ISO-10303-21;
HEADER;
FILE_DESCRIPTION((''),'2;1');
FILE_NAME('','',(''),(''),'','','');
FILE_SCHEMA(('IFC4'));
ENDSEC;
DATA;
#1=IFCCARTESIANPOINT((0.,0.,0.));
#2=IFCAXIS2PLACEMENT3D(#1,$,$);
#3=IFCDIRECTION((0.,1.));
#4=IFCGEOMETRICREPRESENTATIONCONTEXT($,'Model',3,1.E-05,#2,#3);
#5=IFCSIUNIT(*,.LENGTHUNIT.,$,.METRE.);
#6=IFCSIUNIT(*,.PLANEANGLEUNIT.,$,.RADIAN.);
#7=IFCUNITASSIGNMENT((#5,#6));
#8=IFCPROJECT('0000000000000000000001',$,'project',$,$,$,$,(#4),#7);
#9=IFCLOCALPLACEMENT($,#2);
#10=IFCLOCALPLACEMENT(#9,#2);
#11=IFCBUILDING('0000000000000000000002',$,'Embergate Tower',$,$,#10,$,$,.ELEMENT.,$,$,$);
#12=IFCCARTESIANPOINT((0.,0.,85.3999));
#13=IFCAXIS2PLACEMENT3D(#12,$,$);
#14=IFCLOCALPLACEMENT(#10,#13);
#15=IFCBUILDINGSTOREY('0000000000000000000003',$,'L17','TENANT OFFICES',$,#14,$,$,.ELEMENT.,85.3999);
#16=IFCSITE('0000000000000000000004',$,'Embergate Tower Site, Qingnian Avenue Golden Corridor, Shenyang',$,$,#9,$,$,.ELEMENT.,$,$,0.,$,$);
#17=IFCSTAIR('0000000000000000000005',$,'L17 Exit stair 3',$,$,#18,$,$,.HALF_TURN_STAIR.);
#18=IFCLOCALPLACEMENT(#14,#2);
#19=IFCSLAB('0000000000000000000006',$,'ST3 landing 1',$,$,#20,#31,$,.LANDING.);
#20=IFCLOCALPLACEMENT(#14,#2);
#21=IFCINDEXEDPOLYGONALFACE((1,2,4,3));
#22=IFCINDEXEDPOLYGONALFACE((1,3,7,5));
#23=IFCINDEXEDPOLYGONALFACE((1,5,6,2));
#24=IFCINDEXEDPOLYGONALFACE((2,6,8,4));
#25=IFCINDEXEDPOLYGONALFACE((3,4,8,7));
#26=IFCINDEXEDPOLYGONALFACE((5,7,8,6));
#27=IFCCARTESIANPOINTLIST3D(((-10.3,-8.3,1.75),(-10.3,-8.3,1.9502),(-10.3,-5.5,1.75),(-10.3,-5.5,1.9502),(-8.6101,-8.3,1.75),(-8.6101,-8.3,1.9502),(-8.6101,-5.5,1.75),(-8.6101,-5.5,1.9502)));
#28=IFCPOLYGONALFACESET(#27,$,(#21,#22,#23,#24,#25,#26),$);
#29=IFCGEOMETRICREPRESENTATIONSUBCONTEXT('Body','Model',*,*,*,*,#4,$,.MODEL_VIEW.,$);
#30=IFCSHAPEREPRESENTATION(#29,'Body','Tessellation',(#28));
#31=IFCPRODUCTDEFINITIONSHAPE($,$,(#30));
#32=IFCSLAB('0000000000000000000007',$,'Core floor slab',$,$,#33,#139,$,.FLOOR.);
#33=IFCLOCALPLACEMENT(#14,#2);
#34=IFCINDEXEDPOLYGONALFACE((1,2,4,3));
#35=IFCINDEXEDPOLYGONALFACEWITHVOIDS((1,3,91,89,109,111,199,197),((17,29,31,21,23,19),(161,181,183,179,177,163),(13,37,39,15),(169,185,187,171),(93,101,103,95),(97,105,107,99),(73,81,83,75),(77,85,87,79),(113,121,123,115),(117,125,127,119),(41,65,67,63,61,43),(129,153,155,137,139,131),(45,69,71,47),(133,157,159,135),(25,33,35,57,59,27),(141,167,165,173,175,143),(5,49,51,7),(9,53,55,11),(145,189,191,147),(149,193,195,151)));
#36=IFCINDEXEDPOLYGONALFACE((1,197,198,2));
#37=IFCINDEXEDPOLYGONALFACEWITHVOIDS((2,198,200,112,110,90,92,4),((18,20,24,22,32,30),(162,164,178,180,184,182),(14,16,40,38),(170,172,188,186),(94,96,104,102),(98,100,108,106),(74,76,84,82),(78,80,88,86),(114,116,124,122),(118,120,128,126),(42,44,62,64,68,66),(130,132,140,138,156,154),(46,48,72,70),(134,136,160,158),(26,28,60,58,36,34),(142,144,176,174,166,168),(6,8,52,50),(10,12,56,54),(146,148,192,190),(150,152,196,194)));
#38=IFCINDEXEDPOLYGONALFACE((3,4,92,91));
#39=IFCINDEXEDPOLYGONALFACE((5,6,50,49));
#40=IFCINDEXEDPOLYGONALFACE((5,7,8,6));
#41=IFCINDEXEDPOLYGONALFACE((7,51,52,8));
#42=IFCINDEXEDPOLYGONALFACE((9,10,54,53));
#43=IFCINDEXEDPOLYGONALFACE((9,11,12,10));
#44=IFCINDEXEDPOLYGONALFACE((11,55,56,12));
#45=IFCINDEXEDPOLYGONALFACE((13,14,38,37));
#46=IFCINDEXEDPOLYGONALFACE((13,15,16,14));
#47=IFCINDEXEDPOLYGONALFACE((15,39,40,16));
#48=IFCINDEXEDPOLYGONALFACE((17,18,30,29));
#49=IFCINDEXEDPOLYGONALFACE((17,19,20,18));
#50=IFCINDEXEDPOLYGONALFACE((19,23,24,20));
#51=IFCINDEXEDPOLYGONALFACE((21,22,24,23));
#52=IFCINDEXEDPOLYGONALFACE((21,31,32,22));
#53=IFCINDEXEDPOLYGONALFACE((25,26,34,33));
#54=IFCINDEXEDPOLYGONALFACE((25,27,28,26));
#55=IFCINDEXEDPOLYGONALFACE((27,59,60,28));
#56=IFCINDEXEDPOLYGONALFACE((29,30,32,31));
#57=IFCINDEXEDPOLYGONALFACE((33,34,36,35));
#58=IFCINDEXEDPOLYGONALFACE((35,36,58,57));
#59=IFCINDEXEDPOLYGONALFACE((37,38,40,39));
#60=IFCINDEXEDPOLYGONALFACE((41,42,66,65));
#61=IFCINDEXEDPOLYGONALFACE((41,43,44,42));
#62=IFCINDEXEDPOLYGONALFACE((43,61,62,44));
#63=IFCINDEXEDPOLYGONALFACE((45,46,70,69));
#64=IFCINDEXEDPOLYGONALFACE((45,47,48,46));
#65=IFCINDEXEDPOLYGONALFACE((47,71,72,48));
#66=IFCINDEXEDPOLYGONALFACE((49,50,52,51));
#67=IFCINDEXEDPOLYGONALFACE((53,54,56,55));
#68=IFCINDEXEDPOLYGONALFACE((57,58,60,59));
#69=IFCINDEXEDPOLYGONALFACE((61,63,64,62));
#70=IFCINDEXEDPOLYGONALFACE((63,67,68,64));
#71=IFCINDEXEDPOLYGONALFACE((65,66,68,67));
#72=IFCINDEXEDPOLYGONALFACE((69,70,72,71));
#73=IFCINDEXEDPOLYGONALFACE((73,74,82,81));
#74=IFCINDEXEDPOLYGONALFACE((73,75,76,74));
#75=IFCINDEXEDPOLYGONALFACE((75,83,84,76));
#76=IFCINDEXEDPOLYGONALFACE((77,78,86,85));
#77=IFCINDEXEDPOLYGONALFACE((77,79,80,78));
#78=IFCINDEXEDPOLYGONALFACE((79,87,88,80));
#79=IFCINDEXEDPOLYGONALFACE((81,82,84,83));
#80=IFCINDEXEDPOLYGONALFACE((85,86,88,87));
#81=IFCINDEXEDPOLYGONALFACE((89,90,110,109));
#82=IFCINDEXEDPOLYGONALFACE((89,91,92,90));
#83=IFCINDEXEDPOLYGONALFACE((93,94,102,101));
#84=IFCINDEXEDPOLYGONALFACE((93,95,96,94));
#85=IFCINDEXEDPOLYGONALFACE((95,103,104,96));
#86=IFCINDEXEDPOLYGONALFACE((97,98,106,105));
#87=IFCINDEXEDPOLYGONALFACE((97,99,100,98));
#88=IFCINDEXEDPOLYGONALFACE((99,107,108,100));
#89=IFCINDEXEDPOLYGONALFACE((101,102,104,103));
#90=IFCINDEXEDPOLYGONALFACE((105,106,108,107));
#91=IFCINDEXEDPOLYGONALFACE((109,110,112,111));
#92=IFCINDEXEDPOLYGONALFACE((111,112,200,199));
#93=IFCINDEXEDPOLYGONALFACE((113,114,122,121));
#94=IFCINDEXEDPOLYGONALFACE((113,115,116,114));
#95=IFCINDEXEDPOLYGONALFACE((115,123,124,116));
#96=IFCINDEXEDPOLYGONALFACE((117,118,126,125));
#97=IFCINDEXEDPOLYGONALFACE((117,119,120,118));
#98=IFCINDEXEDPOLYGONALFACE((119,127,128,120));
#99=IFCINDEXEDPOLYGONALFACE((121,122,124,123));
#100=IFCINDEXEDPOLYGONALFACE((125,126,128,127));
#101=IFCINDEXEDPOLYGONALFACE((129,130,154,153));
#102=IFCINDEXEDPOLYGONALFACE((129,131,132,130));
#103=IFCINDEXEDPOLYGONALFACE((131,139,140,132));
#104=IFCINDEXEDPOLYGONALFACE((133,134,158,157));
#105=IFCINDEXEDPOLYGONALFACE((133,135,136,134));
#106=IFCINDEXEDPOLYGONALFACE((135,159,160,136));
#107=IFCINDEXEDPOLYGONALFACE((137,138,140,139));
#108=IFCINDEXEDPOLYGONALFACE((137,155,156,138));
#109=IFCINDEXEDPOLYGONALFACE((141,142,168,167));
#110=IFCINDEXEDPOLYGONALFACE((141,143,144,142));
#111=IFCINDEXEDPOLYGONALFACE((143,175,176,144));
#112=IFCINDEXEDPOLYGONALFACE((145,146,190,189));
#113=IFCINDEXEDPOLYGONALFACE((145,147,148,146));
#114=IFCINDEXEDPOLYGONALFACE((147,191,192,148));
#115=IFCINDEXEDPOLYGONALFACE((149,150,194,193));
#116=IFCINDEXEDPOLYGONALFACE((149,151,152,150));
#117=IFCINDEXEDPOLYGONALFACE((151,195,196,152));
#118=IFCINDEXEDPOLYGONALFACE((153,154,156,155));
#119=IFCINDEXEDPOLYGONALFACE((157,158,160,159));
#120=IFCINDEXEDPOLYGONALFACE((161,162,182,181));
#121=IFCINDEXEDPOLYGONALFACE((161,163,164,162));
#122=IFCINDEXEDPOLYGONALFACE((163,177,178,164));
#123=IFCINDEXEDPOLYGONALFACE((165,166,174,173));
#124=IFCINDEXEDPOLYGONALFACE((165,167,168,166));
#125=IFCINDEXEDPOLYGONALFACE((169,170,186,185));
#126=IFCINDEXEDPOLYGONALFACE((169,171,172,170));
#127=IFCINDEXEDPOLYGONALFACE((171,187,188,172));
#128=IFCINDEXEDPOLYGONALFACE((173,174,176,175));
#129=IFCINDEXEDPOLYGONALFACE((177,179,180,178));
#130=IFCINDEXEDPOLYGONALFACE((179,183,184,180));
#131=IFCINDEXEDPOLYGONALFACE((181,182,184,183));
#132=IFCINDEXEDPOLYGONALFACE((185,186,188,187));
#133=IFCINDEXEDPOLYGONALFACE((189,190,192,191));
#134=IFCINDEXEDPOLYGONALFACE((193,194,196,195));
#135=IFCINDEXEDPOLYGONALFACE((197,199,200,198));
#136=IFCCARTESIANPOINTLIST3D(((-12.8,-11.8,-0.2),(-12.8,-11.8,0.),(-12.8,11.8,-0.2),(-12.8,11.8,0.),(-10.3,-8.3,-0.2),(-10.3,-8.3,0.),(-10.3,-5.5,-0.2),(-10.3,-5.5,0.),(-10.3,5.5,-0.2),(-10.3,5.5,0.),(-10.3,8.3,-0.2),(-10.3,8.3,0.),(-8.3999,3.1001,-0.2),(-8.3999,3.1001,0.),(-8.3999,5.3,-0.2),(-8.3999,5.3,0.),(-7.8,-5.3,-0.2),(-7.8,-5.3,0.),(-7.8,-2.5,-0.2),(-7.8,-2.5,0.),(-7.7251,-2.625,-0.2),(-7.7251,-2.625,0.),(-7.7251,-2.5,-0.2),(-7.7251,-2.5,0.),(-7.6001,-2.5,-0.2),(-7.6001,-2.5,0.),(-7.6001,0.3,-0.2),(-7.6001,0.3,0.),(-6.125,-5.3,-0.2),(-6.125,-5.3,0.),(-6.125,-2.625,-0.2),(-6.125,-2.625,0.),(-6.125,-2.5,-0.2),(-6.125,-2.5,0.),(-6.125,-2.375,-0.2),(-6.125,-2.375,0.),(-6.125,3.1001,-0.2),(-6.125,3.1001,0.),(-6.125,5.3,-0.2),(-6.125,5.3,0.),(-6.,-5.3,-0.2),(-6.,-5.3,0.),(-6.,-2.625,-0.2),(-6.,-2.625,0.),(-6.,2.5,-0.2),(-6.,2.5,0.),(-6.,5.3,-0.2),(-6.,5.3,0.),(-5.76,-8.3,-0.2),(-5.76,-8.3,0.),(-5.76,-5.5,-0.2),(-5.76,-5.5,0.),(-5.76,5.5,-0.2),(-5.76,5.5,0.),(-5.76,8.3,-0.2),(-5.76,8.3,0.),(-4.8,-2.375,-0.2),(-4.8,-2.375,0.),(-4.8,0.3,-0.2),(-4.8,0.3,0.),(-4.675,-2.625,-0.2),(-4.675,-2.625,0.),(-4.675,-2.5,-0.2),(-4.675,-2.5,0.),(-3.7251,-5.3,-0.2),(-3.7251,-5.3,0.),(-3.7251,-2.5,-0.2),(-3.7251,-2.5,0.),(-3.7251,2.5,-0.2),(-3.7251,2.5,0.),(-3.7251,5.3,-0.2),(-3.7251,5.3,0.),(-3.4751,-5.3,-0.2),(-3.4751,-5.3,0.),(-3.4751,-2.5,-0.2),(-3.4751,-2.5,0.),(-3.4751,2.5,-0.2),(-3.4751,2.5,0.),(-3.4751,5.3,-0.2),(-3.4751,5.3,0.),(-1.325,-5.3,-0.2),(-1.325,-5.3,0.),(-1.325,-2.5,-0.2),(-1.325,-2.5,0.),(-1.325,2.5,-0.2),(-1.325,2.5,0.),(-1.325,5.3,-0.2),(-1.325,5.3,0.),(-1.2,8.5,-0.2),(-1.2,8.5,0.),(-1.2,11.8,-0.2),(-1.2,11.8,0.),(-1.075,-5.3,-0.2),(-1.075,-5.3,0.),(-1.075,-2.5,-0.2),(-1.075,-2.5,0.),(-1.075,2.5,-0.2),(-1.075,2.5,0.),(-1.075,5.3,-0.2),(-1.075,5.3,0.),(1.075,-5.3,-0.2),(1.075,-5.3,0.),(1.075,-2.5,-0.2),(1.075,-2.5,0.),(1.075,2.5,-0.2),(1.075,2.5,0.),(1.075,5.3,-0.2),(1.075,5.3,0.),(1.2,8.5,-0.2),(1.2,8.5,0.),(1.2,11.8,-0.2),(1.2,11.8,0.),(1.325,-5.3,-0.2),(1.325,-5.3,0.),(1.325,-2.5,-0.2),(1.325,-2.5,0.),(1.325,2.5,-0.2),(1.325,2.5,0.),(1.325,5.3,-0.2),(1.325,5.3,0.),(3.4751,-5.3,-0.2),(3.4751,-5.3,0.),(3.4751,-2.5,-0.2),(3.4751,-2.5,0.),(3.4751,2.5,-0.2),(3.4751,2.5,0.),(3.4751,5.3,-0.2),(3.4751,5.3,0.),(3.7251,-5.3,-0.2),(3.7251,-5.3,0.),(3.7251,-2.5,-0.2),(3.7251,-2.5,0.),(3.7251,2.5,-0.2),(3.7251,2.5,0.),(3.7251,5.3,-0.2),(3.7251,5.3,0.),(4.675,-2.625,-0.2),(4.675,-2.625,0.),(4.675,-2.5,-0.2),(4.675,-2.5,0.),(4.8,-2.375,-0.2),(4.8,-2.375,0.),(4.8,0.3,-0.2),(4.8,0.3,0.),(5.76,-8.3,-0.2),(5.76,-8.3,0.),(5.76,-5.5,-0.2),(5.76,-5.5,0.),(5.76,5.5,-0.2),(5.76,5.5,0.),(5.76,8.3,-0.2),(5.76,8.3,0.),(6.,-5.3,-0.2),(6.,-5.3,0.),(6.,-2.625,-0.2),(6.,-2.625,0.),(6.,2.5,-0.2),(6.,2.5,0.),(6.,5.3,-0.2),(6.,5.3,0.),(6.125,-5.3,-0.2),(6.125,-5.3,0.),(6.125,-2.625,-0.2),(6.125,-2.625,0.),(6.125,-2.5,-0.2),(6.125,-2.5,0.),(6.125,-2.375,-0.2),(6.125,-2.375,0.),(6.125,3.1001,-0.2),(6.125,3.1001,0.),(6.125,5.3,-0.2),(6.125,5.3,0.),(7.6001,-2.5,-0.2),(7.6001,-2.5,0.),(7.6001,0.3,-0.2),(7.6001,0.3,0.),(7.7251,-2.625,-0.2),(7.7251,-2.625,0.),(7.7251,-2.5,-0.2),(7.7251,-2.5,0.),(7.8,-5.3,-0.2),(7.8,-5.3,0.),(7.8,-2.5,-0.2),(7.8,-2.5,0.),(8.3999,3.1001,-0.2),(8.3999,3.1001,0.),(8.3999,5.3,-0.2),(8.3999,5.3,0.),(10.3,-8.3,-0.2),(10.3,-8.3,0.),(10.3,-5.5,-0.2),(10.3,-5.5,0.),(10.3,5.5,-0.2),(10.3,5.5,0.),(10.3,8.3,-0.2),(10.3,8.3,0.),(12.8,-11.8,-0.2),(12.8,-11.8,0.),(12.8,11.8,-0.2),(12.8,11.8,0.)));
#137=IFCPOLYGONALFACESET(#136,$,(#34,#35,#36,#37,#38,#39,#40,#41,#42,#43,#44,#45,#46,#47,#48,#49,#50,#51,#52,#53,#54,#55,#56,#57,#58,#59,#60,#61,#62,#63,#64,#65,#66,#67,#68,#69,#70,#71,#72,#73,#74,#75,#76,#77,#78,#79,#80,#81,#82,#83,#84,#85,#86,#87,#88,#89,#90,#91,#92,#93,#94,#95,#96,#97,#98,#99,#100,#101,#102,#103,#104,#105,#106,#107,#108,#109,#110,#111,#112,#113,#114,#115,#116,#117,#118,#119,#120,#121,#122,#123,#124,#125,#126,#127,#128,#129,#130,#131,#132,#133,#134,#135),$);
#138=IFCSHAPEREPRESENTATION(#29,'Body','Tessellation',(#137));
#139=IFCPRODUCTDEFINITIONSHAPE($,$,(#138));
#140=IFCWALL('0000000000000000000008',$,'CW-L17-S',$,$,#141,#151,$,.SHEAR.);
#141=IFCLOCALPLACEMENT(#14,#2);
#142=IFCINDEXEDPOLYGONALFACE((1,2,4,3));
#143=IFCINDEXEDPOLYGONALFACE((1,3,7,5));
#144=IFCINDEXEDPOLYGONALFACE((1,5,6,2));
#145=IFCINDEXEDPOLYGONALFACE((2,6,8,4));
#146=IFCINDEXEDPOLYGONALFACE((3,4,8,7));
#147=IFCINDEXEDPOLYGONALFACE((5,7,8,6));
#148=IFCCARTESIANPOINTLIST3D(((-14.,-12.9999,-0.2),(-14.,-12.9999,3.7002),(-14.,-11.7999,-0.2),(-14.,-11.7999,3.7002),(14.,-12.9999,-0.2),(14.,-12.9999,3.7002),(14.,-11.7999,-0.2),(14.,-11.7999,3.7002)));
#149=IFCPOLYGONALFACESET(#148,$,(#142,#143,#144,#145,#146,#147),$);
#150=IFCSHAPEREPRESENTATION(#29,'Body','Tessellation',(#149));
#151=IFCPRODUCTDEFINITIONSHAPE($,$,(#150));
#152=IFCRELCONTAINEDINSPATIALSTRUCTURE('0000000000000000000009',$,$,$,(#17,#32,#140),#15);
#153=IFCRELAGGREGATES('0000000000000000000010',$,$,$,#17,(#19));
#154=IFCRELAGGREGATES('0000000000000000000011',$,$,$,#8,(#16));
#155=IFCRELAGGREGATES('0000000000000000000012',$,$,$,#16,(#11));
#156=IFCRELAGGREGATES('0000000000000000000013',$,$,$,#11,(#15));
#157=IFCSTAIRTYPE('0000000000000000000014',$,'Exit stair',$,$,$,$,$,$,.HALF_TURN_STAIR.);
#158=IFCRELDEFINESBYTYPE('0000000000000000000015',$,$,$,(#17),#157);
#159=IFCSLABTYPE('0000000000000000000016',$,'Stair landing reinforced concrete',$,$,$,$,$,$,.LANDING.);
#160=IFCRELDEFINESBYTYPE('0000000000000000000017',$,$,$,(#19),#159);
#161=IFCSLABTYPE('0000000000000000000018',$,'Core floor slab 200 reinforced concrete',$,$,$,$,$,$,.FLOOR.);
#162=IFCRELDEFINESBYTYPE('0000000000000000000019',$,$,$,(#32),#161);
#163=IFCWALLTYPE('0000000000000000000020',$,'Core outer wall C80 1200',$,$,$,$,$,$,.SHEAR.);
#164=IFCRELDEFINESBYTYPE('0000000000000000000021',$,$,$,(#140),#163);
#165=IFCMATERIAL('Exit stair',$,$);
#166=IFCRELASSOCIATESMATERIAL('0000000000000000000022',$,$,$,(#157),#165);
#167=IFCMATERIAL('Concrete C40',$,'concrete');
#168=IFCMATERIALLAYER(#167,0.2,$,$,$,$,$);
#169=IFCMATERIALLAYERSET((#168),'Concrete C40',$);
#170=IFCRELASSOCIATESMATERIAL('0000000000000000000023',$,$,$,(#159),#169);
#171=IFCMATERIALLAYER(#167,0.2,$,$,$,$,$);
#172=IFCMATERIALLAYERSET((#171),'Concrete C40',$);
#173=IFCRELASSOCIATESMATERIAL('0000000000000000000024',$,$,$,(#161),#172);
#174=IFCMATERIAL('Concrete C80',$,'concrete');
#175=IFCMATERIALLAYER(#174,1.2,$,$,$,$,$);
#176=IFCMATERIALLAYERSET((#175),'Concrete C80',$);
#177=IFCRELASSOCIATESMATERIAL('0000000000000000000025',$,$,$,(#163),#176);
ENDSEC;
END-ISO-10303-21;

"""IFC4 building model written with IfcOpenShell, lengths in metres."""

from ifc_helpers import new_model, si_unit, direction, frame, frame_2d, origin, place, context, subcontext, project, spatial, polyline, rectangle, outline, extrude, source, transform, mapped, material, layer, layer_set, type_object, element, aggregate, save


model = new_model("IFC4")

# Units and contexts
model_context = context("Model", 3, precision=1e-05, world=origin(), true_north=direction((0.0, 1.0)))
body_context = subcontext(model_context, "Body", "Model", "MODEL_VIEW")
ifc_project = project(units=[si_unit("LENGTHUNIT", "METRE"), si_unit("PLANEANGLEUNIT", "RADIAN")], contexts=[model_context])

# Site, building, storey
site_placement = place(None, origin())
site = spatial("IfcSite", under=ifc_project, at=site_placement, Name="Embergate Tower Site, Qingnian Avenue Golden Corridor, Shenyang", CompositionType="ELEMENT", RefElevation=0.0)
building_placement = place(site_placement, origin())
building = spatial("IfcBuilding", under=site, at=building_placement, Name="Embergate Tower", CompositionType="ELEMENT")
storey_placement = place(building_placement, frame((0.0, 0.0, 85.3999)))
storey = spatial("IfcBuildingStorey", under=building, at=storey_placement, Name="L17", Description="TENANT OFFICES", CompositionType="ELEMENT", Elevation=85.3999)

# Stair, slab
ifc_material_1 = material(Name="Exit stair")
stair_type = type_object("IfcStairType", Name="Exit stair", PredefinedType="HALF_TURN_STAIR", material=ifc_material_1)
stair_placement = place(storey_placement, origin())
stair = element("IfcStair", 1, at=stair_placement, inside=storey, type_object=stair_type, Name="L17 Exit stair 3", PredefinedType="HALF_TURN_STAIR")
ifc_material_2 = material(Name="Concrete C40", Category="concrete")
ifc_layer_1 = layer(ifc_material_2, 0.2)
ifc_layer_set_1 = layer_set([ifc_layer_1], Name="Concrete C40")
slab_type_1 = type_object("IfcSlabType", Name="Stair landing reinforced concrete", PredefinedType="LANDING", material=ifc_layer_set_1)
shared_shape_1 = source(origin(), body_context, "Body", "SweptSolid", [
    extrude(outline(polyline([(0.0, 0.0), (1.6899, 0.0), (1.6899, 2.8), (0.0, 2.8), (0.0, 0.0)])), origin(), (0.0, 0.0, 1.0), 0.2002),
])
slab_1_placement = place(storey_placement, frame((-10.3, -8.3, 1.75)))
slab_1 = element("IfcSlab", 2, at=slab_1_placement, type_object=slab_type_1, Name="ST3 landing 1", PredefinedType="LANDING", context=body_context, shape_type="MappedRepresentation", body=[
    mapped(shared_shape_1, transform((0.0, 0.0, 0.0))),
])
aggregate(stair, [slab_1])

# Slab
ifc_layer_2 = layer(ifc_material_2, 0.2)
ifc_layer_set_2 = layer_set([ifc_layer_2], Name="Concrete C40")
slab_type_2 = type_object("IfcSlabType", Name="Core floor slab 200 reinforced concrete", PredefinedType="FLOOR", material=ifc_layer_set_2)
shared_shape_2 = source(origin(), body_context, "Body", "SweptSolid", [
    extrude(outline(polyline([(0.0, 0.0), (25.6001, 0.0), (25.6001, 23.6001), (14.0, 23.6001), (14.0, 20.3), (11.6001, 20.3), (11.6001, 23.6001), (0.0, 23.6001), (0.0, 0.0)]), holes=[polyline([(2.5, 3.5), (2.5, 6.3), (7.04, 6.3), (7.04, 3.5), (2.5, 3.5)]), polyline([(18.5601, 3.5), (18.5601, 6.3), (23.1001, 6.3), (23.1001, 3.5), (18.5601, 3.5)]), polyline([(5.0, 6.5), (5.0, 9.3), (5.075, 9.3), (5.075, 9.175), (6.675, 9.175), (6.675, 6.5), (5.0, 6.5)]), polyline([(6.8, 6.5), (6.8, 9.175), (8.125, 9.175), (8.125, 9.3), (9.075, 9.3), (9.075, 6.5), (6.8, 6.5)]), polyline([(9.325, 6.5), (9.325, 9.3), (11.4751, 9.3), (11.4751, 6.5), (9.325, 6.5)]), polyline([(11.7251, 6.5), (11.7251, 9.3), (13.875, 9.3), (13.875, 6.5), (11.7251, 6.5)]), polyline([(14.125, 6.5), (14.125, 9.3), (16.2751, 9.3), (16.2751, 6.5), (14.125, 6.5)]), polyline([(16.5251, 6.5), (16.5251, 9.3), (17.4751, 9.3), (17.4751, 9.175), (18.8, 9.175), (18.8, 6.5), (16.5251, 6.5)]), polyline([(18.925, 6.5), (18.925, 9.175), (20.5251, 9.175), (20.5251, 9.3), (20.6001, 9.3), (20.6001, 6.5), (18.925, 6.5)]), polyline([(5.2, 9.3), (5.2, 12.1001), (8.0, 12.1001), (8.0, 9.425), (6.675, 9.425), (6.675, 9.3), (5.2, 9.3)]), polyline([(18.925, 9.3), (18.925, 9.425), (17.6001, 9.425), (17.6001, 12.1001), (20.4001, 12.1001), (20.4001, 9.3), (18.925, 9.3)]), polyline([(6.8, 14.3), (6.8, 17.1001), (9.075, 17.1001), (9.075, 14.3), (6.8, 14.3)]), polyline([(9.325, 14.3), (9.325, 17.1001), (11.4751, 17.1001), (11.4751, 14.3), (9.325, 14.3)]), polyline([(11.7251, 14.3), (11.7251, 17.1001), (13.875, 17.1001), (13.875, 14.3), (11.7251, 14.3)]), polyline([(14.125, 14.3), (14.125, 17.1001), (16.2751, 17.1001), (16.2751, 14.3), (14.125, 14.3)]), polyline([(16.5251, 14.3), (16.5251, 17.1001), (18.8, 17.1001), (18.8, 14.3), (16.5251, 14.3)]), polyline([(4.4001, 14.9001), (4.4001, 17.1001), (6.675, 17.1001), (6.675, 14.9001), (4.4001, 14.9001)]), polyline([(18.925, 14.9001), (18.925, 17.1001), (21.2, 17.1001), (21.2, 14.9001), (18.925, 14.9001)]), polyline([(2.5, 17.3), (2.5, 20.1001), (7.04, 20.1001), (7.04, 17.3), (2.5, 17.3)]), polyline([(18.5601, 17.3), (18.5601, 20.1001), (23.1001, 20.1001), (23.1001, 17.3), (18.5601, 17.3)])]), origin(), (0.0, 0.0, 1.0), 0.2),
])
slab_2_placement = place(storey_placement, frame((-12.8, -11.8, -0.2)))
element("IfcSlab", 3, at=slab_2_placement, inside=storey, type_object=slab_type_2, Name="Core floor slab", PredefinedType="FLOOR", context=body_context, shape_type="MappedRepresentation", body=[
    mapped(shared_shape_2, transform((0.0, 0.0, 0.0))),
])

# Wall
ifc_material_3 = material(Name="Concrete C80", Category="concrete")
ifc_layer_3 = layer(ifc_material_3, 1.2)
ifc_layer_set_3 = layer_set([ifc_layer_3], Name="Concrete C80")
wall_type_1 = type_object("IfcWallType", Name="Core outer wall C80 1200", PredefinedType="SHEAR", material=ifc_layer_set_3)
shared_shape_3 = source(origin(), body_context, "Body", "SweptSolid", [
    extrude(rectangle(XDim=28.0, YDim=1.2, at=frame_2d((14.0, 0.0))), origin(), (0.0, 0.0, 1.0), 3.9001),
])
wall_1_placement = place(storey_placement, frame((-14.0, -12.3999, -0.2), z_axis=(0.0, 0.0, 1.0), x_axis=(1.0, 0.0, 0.0)))
element("IfcWall", 4, at=wall_1_placement, inside=storey, type_object=wall_type_1, Name="CW-L17-S", PredefinedType="SHEAR", context=body_context, shape_type="MappedRepresentation", body=[
    mapped(shared_shape_3, transform((0.0, 0.0, 0.0))),
])

save(model, "model.ifc")
